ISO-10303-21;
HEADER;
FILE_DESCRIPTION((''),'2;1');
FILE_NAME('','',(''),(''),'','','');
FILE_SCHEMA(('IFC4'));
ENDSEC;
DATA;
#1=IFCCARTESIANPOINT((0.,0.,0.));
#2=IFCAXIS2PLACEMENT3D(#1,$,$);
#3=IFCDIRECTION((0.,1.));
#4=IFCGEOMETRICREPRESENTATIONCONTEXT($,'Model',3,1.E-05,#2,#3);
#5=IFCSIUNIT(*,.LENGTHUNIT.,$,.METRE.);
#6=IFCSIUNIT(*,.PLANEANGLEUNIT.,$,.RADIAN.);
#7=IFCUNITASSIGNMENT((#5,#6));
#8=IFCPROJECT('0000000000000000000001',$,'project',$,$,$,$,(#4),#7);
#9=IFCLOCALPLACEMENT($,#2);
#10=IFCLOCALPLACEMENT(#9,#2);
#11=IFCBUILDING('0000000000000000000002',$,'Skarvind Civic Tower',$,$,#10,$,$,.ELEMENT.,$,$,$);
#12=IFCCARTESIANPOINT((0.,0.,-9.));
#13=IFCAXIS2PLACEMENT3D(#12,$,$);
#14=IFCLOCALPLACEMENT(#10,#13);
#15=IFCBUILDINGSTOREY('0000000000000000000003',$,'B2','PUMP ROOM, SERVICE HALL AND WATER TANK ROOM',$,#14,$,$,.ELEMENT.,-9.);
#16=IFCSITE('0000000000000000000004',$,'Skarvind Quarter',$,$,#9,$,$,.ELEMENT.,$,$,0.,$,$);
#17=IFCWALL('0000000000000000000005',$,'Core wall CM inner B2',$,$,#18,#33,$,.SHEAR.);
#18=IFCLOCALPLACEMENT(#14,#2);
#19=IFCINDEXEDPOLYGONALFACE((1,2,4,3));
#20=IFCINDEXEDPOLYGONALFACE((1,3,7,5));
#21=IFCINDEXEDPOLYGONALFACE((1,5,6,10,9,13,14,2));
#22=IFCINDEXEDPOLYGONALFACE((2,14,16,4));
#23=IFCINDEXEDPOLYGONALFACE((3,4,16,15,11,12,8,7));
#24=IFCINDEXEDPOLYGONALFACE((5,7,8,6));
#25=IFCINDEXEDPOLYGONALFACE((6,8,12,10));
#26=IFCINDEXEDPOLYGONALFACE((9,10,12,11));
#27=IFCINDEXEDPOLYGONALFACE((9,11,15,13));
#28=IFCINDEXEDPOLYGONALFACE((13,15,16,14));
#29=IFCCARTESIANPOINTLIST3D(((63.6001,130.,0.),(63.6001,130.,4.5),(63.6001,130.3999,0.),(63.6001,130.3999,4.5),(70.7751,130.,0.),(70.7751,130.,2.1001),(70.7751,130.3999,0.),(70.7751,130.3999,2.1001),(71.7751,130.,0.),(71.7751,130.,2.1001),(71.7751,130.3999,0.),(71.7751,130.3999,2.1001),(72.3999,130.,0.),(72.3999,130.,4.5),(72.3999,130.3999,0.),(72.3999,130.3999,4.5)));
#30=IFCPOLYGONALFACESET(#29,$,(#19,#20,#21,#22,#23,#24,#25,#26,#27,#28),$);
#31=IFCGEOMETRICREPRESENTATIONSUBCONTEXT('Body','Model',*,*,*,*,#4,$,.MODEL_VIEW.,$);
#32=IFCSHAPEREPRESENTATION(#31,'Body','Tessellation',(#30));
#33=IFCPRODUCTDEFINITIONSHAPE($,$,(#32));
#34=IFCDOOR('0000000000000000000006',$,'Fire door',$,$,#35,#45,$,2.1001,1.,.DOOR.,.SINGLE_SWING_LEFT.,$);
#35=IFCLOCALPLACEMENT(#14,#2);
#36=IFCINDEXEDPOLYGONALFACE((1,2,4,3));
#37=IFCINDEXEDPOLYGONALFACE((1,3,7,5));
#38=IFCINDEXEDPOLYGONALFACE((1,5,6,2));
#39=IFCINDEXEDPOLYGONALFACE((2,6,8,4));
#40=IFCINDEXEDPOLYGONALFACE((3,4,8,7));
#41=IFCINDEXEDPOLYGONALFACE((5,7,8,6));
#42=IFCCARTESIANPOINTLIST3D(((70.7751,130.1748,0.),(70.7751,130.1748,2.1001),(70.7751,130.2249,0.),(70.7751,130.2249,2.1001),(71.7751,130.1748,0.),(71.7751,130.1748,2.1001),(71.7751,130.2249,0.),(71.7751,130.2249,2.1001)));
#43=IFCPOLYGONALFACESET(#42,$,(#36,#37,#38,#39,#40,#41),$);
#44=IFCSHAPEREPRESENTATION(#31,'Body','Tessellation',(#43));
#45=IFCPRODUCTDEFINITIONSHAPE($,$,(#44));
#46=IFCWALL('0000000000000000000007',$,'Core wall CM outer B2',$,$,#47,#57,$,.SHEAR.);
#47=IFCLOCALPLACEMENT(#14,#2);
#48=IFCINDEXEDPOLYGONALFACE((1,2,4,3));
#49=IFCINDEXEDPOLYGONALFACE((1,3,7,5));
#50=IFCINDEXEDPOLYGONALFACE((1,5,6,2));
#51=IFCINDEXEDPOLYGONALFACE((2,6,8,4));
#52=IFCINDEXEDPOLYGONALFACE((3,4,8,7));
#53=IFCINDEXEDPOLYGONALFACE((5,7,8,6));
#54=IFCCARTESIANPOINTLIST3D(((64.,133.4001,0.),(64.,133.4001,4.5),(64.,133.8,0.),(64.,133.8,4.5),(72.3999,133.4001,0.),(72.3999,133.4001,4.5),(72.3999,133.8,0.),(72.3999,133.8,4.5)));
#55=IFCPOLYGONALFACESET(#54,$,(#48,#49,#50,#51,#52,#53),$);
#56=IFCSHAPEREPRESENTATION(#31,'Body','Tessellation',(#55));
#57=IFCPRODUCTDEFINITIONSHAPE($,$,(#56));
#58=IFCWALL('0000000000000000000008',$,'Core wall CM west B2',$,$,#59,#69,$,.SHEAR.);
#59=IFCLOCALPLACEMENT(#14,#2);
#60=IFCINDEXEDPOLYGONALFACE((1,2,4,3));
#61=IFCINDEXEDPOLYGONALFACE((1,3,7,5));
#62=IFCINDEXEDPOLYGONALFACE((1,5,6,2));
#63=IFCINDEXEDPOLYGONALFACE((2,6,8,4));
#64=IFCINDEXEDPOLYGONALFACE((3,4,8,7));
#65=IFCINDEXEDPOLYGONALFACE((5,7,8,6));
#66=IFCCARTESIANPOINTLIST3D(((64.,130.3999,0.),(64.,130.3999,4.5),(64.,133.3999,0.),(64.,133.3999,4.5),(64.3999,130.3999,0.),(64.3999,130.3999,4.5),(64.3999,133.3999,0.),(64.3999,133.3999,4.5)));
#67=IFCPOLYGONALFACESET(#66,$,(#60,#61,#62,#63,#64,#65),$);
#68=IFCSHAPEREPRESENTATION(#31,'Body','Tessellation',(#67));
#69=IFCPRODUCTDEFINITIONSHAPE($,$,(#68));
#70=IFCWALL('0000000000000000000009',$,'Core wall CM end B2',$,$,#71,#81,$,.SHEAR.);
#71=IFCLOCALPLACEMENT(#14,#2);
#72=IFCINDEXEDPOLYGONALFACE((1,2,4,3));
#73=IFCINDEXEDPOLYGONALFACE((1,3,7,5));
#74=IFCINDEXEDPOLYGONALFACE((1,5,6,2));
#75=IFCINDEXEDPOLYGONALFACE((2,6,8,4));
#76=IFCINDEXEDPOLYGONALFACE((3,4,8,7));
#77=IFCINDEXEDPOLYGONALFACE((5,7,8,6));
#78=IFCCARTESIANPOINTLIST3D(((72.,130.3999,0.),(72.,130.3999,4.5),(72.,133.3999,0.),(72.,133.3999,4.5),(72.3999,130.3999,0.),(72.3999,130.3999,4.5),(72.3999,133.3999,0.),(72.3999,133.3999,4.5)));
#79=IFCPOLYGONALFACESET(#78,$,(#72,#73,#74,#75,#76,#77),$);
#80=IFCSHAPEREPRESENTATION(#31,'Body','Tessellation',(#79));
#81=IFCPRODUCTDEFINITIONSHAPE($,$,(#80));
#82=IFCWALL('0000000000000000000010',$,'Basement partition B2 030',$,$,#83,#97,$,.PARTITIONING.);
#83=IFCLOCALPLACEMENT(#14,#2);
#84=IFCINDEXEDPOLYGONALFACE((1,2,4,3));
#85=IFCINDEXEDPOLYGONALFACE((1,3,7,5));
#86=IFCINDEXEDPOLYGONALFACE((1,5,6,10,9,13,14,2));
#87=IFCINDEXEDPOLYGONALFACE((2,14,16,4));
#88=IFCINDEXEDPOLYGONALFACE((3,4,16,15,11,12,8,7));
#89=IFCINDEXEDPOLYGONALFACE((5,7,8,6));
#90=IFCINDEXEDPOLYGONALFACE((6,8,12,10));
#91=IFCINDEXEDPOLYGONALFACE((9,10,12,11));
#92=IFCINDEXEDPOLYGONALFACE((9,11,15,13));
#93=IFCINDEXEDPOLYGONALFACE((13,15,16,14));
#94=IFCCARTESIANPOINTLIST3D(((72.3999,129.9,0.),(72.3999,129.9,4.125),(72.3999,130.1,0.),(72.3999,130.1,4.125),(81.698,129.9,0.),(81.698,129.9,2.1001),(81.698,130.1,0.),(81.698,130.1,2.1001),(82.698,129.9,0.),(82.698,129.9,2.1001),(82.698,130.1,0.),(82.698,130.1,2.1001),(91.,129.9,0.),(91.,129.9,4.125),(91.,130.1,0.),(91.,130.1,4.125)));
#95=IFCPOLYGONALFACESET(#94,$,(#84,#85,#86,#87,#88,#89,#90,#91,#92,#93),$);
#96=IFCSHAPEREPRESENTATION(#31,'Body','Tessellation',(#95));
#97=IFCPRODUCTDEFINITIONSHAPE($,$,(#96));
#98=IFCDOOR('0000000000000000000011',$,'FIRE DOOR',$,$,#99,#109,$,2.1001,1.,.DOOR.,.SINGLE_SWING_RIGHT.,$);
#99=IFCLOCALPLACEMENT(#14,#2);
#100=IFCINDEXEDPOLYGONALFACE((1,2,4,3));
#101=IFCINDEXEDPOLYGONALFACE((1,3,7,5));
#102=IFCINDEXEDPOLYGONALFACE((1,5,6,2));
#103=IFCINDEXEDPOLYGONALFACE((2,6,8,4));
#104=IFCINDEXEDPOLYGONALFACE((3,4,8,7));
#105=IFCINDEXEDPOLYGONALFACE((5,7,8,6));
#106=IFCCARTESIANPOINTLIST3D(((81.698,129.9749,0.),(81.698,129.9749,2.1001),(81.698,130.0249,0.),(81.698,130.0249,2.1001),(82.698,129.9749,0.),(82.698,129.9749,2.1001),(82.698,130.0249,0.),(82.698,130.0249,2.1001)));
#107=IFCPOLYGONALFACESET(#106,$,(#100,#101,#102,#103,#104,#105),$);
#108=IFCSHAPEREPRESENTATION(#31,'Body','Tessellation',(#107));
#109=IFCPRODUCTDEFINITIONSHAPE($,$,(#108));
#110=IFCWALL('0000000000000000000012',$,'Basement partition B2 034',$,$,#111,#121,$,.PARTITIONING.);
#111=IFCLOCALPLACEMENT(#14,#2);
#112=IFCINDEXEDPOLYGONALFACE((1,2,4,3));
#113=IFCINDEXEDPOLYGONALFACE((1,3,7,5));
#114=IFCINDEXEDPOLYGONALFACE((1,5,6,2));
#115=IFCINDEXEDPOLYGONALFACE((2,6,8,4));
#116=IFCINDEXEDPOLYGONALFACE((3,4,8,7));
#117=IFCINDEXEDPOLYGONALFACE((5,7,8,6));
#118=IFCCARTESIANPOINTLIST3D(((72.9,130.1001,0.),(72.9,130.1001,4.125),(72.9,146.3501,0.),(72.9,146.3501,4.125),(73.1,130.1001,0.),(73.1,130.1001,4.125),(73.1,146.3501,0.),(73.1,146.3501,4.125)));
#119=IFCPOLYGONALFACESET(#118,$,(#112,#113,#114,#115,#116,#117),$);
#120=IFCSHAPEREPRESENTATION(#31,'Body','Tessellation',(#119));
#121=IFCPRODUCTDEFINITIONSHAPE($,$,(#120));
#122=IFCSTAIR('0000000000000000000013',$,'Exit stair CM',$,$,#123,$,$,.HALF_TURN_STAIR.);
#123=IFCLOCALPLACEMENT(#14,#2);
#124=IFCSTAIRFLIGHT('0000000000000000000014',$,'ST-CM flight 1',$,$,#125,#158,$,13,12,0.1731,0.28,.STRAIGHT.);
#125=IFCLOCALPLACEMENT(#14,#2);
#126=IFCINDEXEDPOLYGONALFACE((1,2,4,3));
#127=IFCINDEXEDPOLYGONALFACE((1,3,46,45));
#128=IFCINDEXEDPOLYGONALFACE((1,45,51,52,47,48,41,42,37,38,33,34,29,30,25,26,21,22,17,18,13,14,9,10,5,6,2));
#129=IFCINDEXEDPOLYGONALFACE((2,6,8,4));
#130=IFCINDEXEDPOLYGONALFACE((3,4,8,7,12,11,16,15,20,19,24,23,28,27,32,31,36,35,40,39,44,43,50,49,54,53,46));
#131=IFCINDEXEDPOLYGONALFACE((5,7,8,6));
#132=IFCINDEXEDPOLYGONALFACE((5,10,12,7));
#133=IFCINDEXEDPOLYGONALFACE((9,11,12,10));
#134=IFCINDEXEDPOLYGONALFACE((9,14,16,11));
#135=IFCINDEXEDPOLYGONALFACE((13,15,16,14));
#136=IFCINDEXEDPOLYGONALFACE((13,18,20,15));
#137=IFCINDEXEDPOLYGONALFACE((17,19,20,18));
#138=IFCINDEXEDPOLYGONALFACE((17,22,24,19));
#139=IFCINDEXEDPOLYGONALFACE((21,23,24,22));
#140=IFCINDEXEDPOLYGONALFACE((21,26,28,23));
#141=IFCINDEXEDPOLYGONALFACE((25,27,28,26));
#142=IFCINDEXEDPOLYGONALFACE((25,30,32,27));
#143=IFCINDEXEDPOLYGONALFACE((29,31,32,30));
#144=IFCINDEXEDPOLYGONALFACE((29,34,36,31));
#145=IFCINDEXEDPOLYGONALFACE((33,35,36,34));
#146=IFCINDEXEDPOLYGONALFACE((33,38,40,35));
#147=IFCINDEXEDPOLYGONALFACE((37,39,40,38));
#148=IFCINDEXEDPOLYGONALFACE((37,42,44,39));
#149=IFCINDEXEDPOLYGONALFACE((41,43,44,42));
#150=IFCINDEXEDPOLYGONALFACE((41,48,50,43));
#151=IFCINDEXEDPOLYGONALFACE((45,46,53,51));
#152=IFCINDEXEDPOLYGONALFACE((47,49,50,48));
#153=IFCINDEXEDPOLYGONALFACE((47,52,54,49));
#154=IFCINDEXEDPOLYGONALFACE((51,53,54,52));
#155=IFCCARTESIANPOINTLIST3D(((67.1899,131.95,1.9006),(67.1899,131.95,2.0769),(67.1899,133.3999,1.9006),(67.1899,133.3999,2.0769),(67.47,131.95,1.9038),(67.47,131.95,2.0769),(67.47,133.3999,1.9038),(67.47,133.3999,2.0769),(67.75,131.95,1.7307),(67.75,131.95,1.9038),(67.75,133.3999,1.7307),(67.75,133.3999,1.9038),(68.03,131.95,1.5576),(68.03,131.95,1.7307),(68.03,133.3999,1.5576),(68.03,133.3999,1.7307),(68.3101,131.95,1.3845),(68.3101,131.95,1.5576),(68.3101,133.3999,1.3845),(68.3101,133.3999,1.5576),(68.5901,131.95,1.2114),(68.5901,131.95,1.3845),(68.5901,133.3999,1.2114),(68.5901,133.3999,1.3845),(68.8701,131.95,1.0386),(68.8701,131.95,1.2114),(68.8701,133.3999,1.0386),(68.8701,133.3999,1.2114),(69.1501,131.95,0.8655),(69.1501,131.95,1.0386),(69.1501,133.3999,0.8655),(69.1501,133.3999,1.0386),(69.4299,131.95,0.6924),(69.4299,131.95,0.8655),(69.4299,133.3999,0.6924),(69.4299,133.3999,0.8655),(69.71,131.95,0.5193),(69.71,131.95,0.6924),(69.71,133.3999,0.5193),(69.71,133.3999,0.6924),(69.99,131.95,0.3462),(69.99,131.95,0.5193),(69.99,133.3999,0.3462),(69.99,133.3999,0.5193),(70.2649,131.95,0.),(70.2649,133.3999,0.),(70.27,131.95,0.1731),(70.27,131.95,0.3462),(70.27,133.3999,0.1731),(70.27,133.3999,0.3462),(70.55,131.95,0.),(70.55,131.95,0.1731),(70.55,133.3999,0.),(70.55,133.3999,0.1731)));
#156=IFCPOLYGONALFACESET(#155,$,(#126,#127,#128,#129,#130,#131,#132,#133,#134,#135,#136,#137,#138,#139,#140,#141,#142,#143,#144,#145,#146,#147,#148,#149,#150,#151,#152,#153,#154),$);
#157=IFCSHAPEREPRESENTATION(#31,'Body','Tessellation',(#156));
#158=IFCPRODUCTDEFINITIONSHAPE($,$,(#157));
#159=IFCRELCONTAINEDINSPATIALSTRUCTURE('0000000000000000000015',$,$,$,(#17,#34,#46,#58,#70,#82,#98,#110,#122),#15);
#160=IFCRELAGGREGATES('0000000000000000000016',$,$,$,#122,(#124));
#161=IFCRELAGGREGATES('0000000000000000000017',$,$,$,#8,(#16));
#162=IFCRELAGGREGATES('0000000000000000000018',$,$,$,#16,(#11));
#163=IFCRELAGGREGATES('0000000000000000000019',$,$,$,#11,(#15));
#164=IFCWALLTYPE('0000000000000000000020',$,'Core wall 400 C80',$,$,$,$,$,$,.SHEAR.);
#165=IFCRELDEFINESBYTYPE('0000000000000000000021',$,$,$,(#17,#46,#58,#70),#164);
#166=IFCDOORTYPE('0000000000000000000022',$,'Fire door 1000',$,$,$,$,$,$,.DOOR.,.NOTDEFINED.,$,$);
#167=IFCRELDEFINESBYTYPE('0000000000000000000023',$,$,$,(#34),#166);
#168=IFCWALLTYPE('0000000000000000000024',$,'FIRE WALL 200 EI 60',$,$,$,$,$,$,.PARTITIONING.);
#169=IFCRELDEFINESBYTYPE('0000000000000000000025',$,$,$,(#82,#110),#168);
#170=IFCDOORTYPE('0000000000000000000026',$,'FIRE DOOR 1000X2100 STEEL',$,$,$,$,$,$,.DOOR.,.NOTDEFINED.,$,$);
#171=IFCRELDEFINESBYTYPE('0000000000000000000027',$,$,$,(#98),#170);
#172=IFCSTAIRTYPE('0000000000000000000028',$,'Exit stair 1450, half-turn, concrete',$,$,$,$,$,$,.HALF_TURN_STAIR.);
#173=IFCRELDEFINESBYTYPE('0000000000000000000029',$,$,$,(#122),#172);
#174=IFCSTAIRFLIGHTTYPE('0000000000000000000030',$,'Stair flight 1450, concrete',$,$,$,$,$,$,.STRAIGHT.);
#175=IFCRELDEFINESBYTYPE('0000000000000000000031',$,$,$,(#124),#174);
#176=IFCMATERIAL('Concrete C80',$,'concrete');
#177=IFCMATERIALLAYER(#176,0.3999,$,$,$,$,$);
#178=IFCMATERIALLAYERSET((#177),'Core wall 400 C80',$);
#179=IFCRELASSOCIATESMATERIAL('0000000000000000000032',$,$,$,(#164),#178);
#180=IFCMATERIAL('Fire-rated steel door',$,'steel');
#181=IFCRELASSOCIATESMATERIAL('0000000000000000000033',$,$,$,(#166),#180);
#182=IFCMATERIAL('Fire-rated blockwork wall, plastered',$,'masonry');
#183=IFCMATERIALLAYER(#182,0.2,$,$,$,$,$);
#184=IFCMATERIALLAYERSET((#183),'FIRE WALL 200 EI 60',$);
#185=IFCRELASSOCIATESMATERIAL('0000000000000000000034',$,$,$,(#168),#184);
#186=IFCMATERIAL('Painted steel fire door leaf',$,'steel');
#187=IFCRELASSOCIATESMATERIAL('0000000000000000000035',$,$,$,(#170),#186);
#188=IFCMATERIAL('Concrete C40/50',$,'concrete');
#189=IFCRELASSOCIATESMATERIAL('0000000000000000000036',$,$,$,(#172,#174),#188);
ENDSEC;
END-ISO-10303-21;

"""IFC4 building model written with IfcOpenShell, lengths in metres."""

from ifc_helpers import new_model, si_unit, direction, frame, frame_2d, origin, place, context, subcontext, project, spatial, polyline, rectangle, outline, extrude, material, layer, layer_set, type_object, element, fill, aggregate, save


model = new_model("IFC4")

# Units and contexts
model_context = context("Model", 3, precision=1e-05, world=origin(), true_north=direction((0.0, 1.0)))
body_context = subcontext(model_context, "Body", "Model", "MODEL_VIEW")
ifc_project = project(units=[si_unit("LENGTHUNIT", "METRE"), si_unit("PLANEANGLEUNIT", "RADIAN")], contexts=[model_context])

# Site, building, storey
site_placement = place(None, origin())
site = spatial("IfcSite", under=ifc_project, at=site_placement, Name="Skarvind Quarter", CompositionType="ELEMENT", RefElevation=0.0)
building_placement = place(site_placement, origin())
building = spatial("IfcBuilding", under=site, at=building_placement, Name="Skarvind Civic Tower", CompositionType="ELEMENT")
storey_placement = place(building_placement, frame((0.0, 0.0, -9.0)))
storey = spatial("IfcBuildingStorey", under=building, at=storey_placement, Name="B2", Description="PUMP ROOM, SERVICE HALL AND WATER TANK ROOM", CompositionType="ELEMENT", Elevation=-9.0)

# Shared definitions
ifc_material_1 = material(Name="Concrete C80", Category="concrete")

# Wall, opening, door
ifc_layer_1 = layer(ifc_material_1, 0.3999)
ifc_layer_set_1 = layer_set([ifc_layer_1], Name="Core wall 400 C80")
wall_type_1 = type_object("IfcWallType", Name="Core wall 400 C80", PredefinedType="SHEAR", material=ifc_layer_set_1)
wall_1_placement = place(storey_placement, frame((63.6001, 130.2, 0.0), z_axis=(0.0, 0.0, 1.0), x_axis=(1.0, 0.0, 0.0)))
wall_1 = element("IfcWall", 1, at=wall_1_placement, inside=storey, type_object=wall_type_1, Name="Core wall CM inner B2", PredefinedType="SHEAR", context=body_context, shape_type="SweptSolid", body=[
    extrude(rectangle(XDim=8.7998, YDim=0.3999, at=frame_2d((4.3999, 0.0))), origin(), (0.0, 0.0, 1.0), 4.5),
])
opening_1_placement = place(wall_1_placement, frame((7.175, 0.0, 0.0)))
opening_1 = element("IfcOpeningElement", 2, at=opening_1_placement, cuts=wall_1, PredefinedType="OPENING", context=body_context, shape_type="SweptSolid", body=[
    extrude(rectangle(XDim=1.0, YDim=2.1001, at=frame_2d((0.5, 1.05))), frame((0.0, 0.21, 0.0), z_axis=(0.0, -1.0, 0.0), x_axis=(1.0, 0.0, 0.0)), (0.0, 0.0, 1.0), 0.4199),
])
ifc_material_2 = material(Name="Fire-rated steel door", Category="steel")
door_type_1 = type_object("IfcDoorType", Name="Fire door 1000", OperationType="NOTDEFINED", PredefinedType="DOOR", material=ifc_material_2)
door_1_placement = place(opening_1_placement, origin())
door_1 = element("IfcDoor", 3, at=door_1_placement, inside=storey, type_object=door_type_1, Name="Fire door", OperationType="SINGLE_SWING_LEFT", OverallHeight=2.1001, OverallWidth=1.0, PredefinedType="DOOR", context=body_context, shape_type="SweptSolid", body=[
    extrude(rectangle(XDim=1.0, YDim=2.1001, at=frame_2d((0.5, 1.05))), frame((0.0, 0.0249, 0.0), z_axis=(0.0, -1.0, 0.0), x_axis=(1.0, 0.0, 0.0)), (0.0, 0.0, 1.0), 0.05),
])
fill(opening_1, door_1)

# Walls
wall_2_placement = place(storey_placement, frame((64.0, 133.6001, 0.0), z_axis=(0.0, 0.0, 1.0), x_axis=(1.0, 0.0, 0.0)))
element("IfcWall", 4, at=wall_2_placement, inside=storey, type_object=wall_type_1, Name="Core wall CM outer B2", PredefinedType="SHEAR", context=body_context, shape_type="SweptSolid", body=[
    extrude(rectangle(XDim=8.3999, YDim=0.3999, at=frame_2d((4.2, 0.0))), origin(), (0.0, 0.0, 1.0), 4.5),
])
for number, where, z_axis, x_axis, name in (
    (5, (64.2, 130.3999, 0.0), (0.0, 0.0, 1.0), (0.0, 1.0, 0.0), "Core wall CM west B2"),
    (6, (72.2, 130.3999, 0.0), (0.0, 0.0, 1.0), (0.0, 1.0, 0.0), "Core wall CM end B2"),
):
    element("IfcWall", number, at=place(storey_placement, frame(where, z_axis=z_axis, x_axis=x_axis)), inside=storey, type_object=wall_type_1, Name=name, PredefinedType="SHEAR", context=body_context, shape_type="SweptSolid", body=[
        extrude(rectangle(XDim=3.0, YDim=0.3999, at=frame_2d((1.5, 0.0))), origin(), (0.0, 0.0, 1.0), 4.5),
    ])

# Wall, opening, door
ifc_material_3 = material(Name="Fire-rated blockwork wall, plastered", Category="masonry")
ifc_layer_2 = layer(ifc_material_3, 0.2)
ifc_layer_set_2 = layer_set([ifc_layer_2], Name="FIRE WALL 200 EI 60")
wall_type_2 = type_object("IfcWallType", Name="FIRE WALL 200 EI 60", PredefinedType="PARTITIONING", material=ifc_layer_set_2)
wall_3_placement = place(storey_placement, frame((72.3999, 130.0, 0.0), z_axis=(0.0, 0.0, 1.0), x_axis=(1.0, 0.0, 0.0)))
wall_3 = element("IfcWall", 7, at=wall_3_placement, inside=storey, type_object=wall_type_2, Name="Basement partition B2 030", PredefinedType="PARTITIONING", context=body_context, shape_type="SweptSolid", body=[
    extrude(rectangle(XDim=18.6001, YDim=0.2, at=frame_2d((9.3, 0.0))), origin(), (0.0, 0.0, 1.0), 4.125),
])
opening_2_placement = place(wall_3_placement, frame((9.2981, 0.0, 0.0)))
opening_2 = element("IfcOpeningElement", 8, at=opening_2_placement, cuts=wall_3, PredefinedType="OPENING", context=body_context, shape_type="SweptSolid", body=[
    extrude(rectangle(XDim=1.0, YDim=2.1001, at=frame_2d((0.5, 1.05))), frame((0.0, 0.1099, 0.0), z_axis=(0.0, -1.0, 0.0), x_axis=(1.0, 0.0, 0.0)), (0.0, 0.0, 1.0), 0.22),
])
ifc_material_4 = material(Name="Painted steel fire door leaf", Category="steel")
door_type_2 = type_object("IfcDoorType", Name="FIRE DOOR 1000X2100 STEEL", OperationType="NOTDEFINED", PredefinedType="DOOR", material=ifc_material_4)
door_2_placement = place(opening_2_placement, origin())
door_2 = element("IfcDoor", 9, at=door_2_placement, inside=storey, type_object=door_type_2, Name="FIRE DOOR", OperationType="SINGLE_SWING_RIGHT", OverallHeight=2.1001, OverallWidth=1.0, PredefinedType="DOOR", context=body_context, shape_type="SweptSolid", body=[
    extrude(rectangle(XDim=1.0, YDim=2.1001, at=frame_2d((0.5, 1.05))), frame((0.0, 0.0249, 0.0), z_axis=(0.0, -1.0, 0.0), x_axis=(1.0, 0.0, 0.0)), (0.0, 0.0, 1.0), 0.05),
])
fill(opening_2, door_2)

# Wall
wall_4_placement = place(storey_placement, frame((73.0, 130.1001, 0.0), z_axis=(0.0, 0.0, 1.0), x_axis=(0.0, 1.0, 0.0)))
element("IfcWall", 10, at=wall_4_placement, inside=storey, type_object=wall_type_2, Name="Basement partition B2 034", PredefinedType="PARTITIONING", context=body_context, shape_type="SweptSolid", body=[
    extrude(rectangle(XDim=16.25, YDim=0.2, at=frame_2d((8.125, 0.0))), origin(), (0.0, 0.0, 1.0), 4.125),
])

# Stair, stair flight
ifc_material_5 = material(Name="Concrete C40/50", Category="concrete")
stair_type = type_object("IfcStairType", Name="Exit stair 1450, half-turn, concrete", PredefinedType="HALF_TURN_STAIR", material=ifc_material_5)
stair_placement = place(storey_placement, origin())
stair = element("IfcStair", 11, at=stair_placement, inside=storey, type_object=stair_type, Name="Exit stair CM", PredefinedType="HALF_TURN_STAIR")
stair_flight_type = type_object("IfcStairFlightType", Name="Stair flight 1450, concrete", PredefinedType="STRAIGHT", material=ifc_material_5)
stair_flight_1_placement = place(storey_placement, frame((70.55, 132.675, 0.0), z_axis=(0.0, 0.0, 1.0), x_axis=(-1.0, 0.0, 0.0)))
stair_flight_1 = element("IfcStairFlight", 12, at=stair_flight_1_placement, type_object=stair_flight_type, Name="ST-CM flight 1", NumberOfRisers=13, NumberOfTreads=12, PredefinedType="STRAIGHT", RiserHeight=0.1731, TreadLength=0.28, context=body_context, shape_type="SweptSolid", body=[
    extrude(outline(polyline([(0.0, 0.0), (0.0, 0.1731), (0.28, 0.1731), (0.28, 0.3462), (0.5601, 0.3462), (0.5601, 0.5193), (0.8401, 0.5193), (0.8401, 0.6924), (1.1201, 0.6924), (1.1201, 0.8655), (1.3999, 0.8655), (1.3999, 1.0386), (1.6799, 1.0386), (1.6799, 1.2114), (1.96, 1.2114), (1.96, 1.3845), (2.24, 1.3845), (2.24, 1.5576), (2.52, 1.5576), (2.52, 1.7307), (2.8, 1.7307), (2.8, 1.9038), (3.0801, 1.9038), (3.0801, 2.0769), (3.3601, 2.0769), (3.3601, 2.25), (3.3601, 1.9006), (0.2852, 0.0), (0.0, 0.0)])), frame((0.0, 0.7251, 0.0), z_axis=(0.0, -1.0, 0.0), x_axis=(1.0, 0.0, 0.0)), (0.0, 0.0, 1.0), 1.45),
])
aggregate(stair, [stair_flight_1])

save(model, "model.ifc")
